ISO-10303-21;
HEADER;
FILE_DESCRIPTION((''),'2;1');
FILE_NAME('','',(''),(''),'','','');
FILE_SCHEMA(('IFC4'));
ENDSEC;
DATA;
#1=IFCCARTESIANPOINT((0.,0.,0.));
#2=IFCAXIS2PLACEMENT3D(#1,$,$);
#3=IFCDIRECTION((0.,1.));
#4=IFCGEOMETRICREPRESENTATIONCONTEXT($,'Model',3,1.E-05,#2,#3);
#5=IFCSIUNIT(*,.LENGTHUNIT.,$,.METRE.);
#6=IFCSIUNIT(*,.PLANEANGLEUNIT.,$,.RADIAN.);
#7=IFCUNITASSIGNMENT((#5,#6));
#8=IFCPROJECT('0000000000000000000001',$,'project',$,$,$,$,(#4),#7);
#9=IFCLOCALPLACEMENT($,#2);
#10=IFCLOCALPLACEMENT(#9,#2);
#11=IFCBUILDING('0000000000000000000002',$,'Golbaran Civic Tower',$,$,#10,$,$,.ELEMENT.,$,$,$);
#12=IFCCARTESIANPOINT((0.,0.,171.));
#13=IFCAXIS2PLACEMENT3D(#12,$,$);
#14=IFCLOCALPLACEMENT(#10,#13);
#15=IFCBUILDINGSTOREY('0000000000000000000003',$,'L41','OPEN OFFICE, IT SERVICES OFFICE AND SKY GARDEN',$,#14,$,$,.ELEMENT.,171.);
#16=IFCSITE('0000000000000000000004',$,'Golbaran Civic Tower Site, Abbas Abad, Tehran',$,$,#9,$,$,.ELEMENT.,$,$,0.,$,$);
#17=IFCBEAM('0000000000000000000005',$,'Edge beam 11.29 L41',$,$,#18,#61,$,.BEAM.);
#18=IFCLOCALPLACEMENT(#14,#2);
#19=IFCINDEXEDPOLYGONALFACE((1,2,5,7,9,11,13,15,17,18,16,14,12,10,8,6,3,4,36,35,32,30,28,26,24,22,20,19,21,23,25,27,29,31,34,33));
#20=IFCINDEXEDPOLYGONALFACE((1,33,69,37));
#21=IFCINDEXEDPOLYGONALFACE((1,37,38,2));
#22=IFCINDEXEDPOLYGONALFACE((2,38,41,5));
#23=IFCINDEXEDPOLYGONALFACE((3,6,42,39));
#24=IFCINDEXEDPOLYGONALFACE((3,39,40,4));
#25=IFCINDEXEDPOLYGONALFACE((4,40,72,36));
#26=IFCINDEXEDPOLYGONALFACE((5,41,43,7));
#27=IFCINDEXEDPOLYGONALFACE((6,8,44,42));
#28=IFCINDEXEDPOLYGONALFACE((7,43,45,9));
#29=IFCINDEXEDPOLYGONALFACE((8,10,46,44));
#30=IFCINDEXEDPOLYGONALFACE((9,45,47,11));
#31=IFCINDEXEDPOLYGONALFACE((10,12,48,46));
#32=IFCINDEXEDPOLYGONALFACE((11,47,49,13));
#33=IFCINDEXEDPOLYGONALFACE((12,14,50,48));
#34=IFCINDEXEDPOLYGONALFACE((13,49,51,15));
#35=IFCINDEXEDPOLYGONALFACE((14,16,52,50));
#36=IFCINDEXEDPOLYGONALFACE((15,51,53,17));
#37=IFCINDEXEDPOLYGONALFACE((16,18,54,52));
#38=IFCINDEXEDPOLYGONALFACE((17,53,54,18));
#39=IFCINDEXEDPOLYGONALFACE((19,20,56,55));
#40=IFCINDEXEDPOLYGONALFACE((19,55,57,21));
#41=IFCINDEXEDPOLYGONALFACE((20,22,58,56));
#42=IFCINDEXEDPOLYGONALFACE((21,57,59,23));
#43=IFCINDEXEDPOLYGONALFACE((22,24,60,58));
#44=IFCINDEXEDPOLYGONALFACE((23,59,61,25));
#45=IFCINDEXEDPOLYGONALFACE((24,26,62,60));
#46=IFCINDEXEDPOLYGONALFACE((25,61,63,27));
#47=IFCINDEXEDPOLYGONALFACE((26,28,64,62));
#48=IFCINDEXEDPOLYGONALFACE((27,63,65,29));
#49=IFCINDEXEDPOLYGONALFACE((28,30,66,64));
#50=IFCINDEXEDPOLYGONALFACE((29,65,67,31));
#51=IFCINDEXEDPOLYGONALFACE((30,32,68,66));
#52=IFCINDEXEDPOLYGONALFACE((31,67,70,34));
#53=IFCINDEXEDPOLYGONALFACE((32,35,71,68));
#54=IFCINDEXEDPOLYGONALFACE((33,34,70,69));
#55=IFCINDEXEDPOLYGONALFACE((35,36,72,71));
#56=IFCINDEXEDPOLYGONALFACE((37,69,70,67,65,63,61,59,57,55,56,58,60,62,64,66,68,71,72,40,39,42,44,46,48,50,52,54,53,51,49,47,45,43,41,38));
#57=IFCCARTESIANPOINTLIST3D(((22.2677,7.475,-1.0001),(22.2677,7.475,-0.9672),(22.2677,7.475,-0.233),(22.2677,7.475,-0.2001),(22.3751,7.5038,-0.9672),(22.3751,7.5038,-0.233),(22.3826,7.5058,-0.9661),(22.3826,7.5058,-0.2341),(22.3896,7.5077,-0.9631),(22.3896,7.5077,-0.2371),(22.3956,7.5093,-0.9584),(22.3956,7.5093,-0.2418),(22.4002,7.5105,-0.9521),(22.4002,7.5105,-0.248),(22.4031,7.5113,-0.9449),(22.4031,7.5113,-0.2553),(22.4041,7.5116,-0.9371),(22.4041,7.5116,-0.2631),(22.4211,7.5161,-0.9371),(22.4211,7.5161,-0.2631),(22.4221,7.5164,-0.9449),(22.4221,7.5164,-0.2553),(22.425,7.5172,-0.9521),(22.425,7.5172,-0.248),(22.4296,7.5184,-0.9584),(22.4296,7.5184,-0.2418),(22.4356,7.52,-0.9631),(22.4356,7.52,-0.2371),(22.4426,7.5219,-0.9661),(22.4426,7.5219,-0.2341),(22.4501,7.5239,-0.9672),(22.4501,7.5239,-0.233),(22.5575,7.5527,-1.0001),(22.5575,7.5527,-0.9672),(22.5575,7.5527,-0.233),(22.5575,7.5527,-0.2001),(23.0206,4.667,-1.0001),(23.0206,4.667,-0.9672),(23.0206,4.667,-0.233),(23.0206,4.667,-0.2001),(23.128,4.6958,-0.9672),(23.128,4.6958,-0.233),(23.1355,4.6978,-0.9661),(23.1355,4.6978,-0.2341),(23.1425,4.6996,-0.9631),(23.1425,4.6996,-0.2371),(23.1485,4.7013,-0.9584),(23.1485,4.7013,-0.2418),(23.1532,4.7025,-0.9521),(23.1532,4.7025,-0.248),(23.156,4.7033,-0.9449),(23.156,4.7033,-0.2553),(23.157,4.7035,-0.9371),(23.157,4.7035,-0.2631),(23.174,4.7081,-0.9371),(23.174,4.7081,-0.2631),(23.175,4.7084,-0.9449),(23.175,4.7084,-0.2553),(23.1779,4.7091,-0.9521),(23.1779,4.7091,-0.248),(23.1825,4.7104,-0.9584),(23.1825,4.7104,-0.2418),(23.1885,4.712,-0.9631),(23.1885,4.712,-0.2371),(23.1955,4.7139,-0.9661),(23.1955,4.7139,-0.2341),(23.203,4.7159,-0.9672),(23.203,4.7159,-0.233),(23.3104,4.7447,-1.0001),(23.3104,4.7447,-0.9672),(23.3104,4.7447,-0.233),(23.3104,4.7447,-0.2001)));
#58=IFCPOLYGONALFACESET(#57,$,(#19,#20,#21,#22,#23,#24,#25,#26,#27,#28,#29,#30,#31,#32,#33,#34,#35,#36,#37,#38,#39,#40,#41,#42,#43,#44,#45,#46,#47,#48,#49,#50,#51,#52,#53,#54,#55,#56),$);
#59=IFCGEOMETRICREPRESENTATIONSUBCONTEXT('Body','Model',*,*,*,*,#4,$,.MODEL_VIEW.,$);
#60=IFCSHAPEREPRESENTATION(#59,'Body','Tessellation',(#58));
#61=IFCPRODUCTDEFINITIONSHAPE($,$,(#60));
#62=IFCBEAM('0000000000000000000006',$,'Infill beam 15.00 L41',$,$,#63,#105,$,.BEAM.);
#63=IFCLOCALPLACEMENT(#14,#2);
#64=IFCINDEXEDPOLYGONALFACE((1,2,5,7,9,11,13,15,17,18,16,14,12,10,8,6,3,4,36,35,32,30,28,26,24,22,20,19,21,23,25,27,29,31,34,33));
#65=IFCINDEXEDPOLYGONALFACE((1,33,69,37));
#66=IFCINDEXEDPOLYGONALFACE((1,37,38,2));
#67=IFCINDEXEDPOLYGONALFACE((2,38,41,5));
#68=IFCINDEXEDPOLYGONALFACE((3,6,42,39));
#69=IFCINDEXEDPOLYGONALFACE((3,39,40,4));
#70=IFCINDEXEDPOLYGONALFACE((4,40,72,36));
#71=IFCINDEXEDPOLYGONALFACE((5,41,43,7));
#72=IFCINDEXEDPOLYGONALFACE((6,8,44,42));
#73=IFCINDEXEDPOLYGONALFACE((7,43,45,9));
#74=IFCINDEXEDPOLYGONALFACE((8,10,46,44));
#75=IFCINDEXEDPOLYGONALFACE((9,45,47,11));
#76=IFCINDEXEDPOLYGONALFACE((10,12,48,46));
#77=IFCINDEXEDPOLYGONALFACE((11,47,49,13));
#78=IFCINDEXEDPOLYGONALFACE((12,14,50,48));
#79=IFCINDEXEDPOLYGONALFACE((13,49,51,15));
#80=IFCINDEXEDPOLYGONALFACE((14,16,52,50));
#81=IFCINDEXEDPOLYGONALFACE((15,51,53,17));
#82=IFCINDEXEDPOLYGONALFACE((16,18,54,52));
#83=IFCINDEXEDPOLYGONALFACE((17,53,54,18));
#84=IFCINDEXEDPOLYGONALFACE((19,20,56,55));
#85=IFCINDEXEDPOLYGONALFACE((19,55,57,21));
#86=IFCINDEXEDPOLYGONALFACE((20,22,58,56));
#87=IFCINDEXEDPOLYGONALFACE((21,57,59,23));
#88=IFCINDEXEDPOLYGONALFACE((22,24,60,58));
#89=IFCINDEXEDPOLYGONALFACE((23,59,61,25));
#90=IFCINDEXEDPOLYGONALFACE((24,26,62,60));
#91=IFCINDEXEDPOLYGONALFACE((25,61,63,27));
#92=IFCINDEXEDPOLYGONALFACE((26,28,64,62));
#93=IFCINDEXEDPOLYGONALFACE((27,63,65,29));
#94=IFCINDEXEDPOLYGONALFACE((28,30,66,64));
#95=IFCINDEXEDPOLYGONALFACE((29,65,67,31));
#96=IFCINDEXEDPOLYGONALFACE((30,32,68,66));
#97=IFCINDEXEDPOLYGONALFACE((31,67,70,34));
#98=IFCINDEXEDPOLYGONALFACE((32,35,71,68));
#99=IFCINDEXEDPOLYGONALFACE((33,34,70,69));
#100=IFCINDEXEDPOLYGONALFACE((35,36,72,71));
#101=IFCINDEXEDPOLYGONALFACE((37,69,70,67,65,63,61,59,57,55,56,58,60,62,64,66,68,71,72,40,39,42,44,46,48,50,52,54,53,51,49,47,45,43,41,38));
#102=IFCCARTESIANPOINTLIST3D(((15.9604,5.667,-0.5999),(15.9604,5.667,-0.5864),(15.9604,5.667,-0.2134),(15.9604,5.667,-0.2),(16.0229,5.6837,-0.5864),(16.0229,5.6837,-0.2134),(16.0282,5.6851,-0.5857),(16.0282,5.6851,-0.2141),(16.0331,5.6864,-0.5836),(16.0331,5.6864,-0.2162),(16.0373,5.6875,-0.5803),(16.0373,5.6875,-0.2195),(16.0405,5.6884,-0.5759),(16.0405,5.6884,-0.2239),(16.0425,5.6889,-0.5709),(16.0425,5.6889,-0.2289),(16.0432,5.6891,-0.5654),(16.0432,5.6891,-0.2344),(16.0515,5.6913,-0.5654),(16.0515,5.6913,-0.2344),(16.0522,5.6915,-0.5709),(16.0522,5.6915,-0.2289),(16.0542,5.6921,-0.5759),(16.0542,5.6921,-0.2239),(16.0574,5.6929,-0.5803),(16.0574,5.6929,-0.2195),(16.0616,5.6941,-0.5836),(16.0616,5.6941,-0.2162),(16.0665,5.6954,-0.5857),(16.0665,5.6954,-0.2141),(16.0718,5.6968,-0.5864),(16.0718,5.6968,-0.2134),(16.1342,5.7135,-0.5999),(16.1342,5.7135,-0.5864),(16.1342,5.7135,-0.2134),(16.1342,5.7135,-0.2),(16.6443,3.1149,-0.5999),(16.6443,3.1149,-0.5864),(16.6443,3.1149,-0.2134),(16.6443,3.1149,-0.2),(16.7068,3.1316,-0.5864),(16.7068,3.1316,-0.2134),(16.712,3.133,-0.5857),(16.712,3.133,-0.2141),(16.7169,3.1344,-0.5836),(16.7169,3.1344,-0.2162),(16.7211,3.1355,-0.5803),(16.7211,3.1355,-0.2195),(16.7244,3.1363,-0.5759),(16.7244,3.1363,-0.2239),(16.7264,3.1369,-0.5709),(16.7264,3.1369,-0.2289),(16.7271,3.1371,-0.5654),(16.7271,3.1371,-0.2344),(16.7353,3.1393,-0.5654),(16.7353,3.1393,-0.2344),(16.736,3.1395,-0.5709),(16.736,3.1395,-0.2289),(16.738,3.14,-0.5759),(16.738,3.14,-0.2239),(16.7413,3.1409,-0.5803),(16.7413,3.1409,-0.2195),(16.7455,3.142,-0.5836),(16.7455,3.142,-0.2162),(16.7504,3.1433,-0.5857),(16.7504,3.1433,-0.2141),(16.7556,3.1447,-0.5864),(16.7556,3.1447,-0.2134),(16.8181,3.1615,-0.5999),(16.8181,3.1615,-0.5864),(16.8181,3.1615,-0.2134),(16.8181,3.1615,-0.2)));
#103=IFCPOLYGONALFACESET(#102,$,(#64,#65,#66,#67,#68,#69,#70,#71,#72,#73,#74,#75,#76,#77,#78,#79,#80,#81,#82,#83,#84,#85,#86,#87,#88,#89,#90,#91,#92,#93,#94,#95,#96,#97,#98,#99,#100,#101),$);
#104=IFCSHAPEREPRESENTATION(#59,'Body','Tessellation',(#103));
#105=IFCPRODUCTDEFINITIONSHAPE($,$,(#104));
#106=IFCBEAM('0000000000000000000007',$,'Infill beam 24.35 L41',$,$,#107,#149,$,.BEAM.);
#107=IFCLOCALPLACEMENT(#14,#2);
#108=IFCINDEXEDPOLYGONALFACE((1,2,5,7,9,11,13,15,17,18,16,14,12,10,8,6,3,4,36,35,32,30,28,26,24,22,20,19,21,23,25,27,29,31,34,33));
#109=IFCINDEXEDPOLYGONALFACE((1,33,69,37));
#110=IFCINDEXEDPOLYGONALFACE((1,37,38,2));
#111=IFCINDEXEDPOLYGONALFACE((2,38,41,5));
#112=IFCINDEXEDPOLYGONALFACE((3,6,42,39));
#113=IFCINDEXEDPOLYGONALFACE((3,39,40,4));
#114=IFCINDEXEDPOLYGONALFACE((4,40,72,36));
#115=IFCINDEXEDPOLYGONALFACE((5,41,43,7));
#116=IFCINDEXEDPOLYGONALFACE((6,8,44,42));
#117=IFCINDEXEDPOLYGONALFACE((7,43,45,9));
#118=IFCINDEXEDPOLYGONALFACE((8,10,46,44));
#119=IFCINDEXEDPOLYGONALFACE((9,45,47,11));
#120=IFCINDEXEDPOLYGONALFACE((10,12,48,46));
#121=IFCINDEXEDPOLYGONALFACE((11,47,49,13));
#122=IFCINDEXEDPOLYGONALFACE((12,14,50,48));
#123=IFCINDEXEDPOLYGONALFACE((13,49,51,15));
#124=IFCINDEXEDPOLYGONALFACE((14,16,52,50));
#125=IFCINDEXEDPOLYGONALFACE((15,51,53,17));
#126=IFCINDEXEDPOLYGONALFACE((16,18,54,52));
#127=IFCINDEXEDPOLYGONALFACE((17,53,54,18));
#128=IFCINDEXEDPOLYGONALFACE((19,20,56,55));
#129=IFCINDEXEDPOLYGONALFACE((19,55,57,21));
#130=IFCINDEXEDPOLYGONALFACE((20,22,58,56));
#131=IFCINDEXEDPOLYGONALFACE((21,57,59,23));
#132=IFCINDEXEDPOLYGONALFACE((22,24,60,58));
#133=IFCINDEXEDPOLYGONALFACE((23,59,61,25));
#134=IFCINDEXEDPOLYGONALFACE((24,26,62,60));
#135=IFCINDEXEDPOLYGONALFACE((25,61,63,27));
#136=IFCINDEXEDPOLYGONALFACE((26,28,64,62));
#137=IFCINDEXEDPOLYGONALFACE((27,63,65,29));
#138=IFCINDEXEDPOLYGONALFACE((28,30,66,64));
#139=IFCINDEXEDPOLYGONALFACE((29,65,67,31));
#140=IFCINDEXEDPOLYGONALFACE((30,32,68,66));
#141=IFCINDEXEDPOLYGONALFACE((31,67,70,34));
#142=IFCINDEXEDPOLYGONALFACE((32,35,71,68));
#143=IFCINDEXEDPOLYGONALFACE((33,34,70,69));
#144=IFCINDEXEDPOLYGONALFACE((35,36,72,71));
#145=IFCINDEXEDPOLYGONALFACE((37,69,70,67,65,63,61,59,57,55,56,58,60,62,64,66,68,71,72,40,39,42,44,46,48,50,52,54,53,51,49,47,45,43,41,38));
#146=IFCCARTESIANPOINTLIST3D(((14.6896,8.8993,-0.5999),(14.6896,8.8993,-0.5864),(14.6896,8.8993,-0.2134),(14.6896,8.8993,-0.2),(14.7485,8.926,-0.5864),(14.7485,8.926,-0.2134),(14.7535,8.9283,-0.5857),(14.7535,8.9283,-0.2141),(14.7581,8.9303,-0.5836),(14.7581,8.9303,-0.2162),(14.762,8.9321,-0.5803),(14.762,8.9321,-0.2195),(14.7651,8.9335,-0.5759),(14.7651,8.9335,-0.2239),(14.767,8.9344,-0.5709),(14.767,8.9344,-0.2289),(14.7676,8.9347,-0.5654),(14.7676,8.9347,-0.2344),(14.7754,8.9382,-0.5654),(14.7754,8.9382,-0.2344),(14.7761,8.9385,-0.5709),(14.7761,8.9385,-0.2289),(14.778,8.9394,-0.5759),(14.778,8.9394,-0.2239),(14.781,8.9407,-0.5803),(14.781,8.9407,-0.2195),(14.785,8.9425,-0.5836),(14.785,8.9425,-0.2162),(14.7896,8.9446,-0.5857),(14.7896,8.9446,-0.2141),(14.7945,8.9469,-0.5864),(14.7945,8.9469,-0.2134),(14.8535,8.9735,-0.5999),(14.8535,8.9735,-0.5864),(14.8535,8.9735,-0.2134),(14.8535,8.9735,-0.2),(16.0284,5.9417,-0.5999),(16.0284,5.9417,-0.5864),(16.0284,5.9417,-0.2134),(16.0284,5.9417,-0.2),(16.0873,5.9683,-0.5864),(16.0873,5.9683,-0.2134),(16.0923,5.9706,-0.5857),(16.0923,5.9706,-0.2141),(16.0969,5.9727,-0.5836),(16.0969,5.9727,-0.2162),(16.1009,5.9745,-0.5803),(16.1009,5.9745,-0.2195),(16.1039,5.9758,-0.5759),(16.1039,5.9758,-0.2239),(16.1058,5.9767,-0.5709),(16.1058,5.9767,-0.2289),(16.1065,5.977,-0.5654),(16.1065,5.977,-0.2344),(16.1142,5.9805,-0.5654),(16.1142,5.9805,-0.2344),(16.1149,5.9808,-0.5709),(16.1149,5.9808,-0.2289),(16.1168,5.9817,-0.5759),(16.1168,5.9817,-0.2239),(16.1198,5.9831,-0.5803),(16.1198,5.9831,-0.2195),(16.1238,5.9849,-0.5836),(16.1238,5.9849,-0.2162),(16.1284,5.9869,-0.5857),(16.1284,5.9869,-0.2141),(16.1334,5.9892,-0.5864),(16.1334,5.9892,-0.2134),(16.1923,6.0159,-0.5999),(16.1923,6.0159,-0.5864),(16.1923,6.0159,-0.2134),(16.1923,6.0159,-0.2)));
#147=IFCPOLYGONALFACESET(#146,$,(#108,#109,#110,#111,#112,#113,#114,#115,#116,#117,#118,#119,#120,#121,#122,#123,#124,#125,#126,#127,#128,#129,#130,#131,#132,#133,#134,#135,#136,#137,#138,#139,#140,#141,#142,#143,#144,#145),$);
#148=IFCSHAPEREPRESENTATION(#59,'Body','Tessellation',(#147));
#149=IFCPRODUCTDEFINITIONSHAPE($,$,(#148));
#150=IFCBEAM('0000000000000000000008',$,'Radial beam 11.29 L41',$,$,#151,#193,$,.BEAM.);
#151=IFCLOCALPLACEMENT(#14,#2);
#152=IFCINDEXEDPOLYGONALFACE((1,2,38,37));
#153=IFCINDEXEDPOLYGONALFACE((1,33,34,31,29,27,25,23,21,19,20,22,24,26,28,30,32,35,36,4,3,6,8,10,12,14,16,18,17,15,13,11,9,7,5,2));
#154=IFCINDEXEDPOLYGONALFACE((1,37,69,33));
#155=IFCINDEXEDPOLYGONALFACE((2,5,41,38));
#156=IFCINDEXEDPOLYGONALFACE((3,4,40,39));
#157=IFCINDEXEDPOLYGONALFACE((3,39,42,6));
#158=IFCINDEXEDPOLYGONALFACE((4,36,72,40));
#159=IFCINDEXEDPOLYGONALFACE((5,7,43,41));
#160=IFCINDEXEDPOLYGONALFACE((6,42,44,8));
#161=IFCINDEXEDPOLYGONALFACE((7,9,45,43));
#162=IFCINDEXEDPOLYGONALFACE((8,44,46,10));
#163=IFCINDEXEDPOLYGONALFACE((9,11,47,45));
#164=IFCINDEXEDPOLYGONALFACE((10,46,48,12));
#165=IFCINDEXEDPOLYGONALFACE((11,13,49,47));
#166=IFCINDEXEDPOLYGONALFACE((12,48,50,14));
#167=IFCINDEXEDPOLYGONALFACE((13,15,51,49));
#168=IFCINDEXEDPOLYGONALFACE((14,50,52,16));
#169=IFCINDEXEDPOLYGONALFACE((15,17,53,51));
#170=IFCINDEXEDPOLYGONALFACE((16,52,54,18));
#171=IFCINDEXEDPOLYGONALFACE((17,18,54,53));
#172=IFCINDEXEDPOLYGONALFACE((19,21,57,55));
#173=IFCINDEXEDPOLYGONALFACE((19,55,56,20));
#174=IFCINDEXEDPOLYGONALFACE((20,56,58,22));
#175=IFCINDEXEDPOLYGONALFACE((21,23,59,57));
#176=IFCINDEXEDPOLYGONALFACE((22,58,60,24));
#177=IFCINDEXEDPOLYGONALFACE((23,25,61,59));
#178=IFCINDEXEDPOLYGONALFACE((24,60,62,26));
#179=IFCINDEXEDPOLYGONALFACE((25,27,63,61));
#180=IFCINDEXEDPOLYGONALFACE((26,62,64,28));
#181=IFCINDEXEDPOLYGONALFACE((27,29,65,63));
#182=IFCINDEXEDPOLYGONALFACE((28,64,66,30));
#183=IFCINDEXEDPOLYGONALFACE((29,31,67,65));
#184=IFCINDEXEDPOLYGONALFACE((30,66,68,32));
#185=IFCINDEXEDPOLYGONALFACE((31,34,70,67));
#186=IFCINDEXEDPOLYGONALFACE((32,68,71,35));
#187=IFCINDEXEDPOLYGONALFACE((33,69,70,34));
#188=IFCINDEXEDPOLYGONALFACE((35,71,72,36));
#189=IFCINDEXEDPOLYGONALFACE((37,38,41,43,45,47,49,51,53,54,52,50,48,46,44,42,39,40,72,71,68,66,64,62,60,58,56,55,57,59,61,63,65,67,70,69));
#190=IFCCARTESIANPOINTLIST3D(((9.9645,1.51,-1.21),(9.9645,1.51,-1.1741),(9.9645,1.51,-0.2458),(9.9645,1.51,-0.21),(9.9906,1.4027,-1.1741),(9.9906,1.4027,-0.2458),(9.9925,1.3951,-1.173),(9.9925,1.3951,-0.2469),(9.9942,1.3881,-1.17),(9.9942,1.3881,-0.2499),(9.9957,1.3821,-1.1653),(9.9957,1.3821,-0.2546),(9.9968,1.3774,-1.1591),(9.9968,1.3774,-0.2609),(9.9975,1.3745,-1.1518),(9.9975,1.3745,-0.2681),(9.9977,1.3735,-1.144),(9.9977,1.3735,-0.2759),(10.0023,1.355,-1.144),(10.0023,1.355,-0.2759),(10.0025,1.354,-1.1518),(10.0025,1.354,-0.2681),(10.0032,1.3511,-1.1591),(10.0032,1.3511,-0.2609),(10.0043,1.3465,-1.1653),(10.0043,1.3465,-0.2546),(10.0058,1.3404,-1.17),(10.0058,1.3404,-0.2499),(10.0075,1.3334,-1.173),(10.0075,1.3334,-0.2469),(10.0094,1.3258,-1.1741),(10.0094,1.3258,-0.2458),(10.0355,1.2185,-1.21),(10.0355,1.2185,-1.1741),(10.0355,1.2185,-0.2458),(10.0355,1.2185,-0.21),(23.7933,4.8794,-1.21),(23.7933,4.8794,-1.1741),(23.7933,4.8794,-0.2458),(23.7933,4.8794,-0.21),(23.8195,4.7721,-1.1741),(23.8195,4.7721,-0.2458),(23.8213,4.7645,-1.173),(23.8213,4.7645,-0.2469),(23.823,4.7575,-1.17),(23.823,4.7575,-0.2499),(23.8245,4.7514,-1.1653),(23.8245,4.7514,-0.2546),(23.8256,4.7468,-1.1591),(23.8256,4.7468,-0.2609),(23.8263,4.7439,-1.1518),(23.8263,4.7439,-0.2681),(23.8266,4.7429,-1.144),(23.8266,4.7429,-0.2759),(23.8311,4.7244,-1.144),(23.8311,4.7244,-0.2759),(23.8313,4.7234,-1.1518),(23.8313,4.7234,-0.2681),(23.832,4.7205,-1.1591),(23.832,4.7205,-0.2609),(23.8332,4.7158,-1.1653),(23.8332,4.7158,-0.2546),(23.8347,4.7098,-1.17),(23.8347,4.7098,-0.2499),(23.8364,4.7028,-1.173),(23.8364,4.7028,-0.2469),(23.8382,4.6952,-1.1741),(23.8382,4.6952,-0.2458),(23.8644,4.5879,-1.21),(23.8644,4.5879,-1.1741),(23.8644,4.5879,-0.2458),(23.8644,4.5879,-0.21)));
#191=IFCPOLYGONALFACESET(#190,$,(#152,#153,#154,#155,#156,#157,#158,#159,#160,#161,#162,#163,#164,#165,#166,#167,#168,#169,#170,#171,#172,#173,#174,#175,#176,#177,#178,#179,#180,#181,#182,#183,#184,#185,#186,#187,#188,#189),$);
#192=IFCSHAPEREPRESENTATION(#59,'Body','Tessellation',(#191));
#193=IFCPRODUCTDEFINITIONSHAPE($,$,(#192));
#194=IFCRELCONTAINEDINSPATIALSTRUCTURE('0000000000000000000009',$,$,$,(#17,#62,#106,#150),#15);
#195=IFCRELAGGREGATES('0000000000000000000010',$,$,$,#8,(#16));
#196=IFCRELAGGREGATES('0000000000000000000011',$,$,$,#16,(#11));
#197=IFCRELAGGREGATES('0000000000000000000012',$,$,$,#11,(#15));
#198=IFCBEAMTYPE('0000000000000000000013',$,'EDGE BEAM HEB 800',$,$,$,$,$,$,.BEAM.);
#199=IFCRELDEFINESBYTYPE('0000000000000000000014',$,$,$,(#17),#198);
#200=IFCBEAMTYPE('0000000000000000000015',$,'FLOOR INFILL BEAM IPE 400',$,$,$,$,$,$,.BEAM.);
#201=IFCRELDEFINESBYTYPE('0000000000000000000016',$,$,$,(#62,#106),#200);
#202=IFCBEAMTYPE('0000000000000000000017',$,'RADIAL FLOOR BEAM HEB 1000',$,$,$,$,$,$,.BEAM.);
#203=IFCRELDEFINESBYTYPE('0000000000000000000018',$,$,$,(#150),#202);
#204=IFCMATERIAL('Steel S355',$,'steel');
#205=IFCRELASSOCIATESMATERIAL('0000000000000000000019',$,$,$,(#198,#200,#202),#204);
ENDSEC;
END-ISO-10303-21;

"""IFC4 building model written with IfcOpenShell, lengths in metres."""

from ifc_helpers import new_model, si_unit, direction, frame, origin, origin_2d, place, context, subcontext, project, spatial, i_section, extrude, material, material_profile, profile_set, type_object, element, save


model = new_model("IFC4")

# Units and contexts
model_context = context("Model", 3, precision=1e-05, world=origin(), true_north=direction((0.0, 1.0)))
body_context = subcontext(model_context, "Body", "Model", "MODEL_VIEW")
ifc_project = project(units=[si_unit("LENGTHUNIT", "METRE"), si_unit("PLANEANGLEUNIT", "RADIAN")], contexts=[model_context])

# Site, building, storey
site_placement = place(None, origin())
site = spatial("IfcSite", under=ifc_project, at=site_placement, Name="Golbaran Civic Tower Site, Abbas Abad, Tehran", CompositionType="ELEMENT", RefElevation=0.0)
building_placement = place(site_placement, origin())
building = spatial("IfcBuilding", under=site, at=building_placement, Name="Golbaran Civic Tower", CompositionType="ELEMENT")
storey_placement = place(building_placement, frame((0.0, 0.0, 171.0)))
storey = spatial("IfcBuildingStorey", under=building, at=storey_placement, Name="L41", Description="OPEN OFFICE, IT SERVICES OFFICE AND SKY GARDEN", CompositionType="ELEMENT", Elevation=171.0)

# Beams
ifc_material_1 = material(Name="Steel S355", Category="steel")
ifc_material_profile_1 = material_profile(ifc_material_1, i_section(OverallWidth=0.3, OverallDepth=0.8, WebThickness=0.0176, FlangeThickness=0.033, FilletRadius=0.03, at=origin_2d()), Name="HEB 800")
ifc_profile_set_1 = profile_set([ifc_material_profile_1], Name="Steel S355")
beam_type_1 = type_object("IfcBeamType", Name="EDGE BEAM HEB 800", PredefinedType="BEAM", material=ifc_profile_set_1)
beam_1_placement = place(storey_placement, frame((23.1655, 4.7058, -0.6001), z_axis=(-0.25898, 0.965883, 0.0), x_axis=(-0.965883, -0.25898, 0.0)))
element("IfcBeam", 1, at=beam_1_placement, inside=storey, type_object=beam_type_1, Name="Edge beam 11.29 L41", PredefinedType="BEAM", context=body_context, shape_type="SweptSolid", body=[
    extrude(i_section(OverallWidth=0.3, OverallDepth=0.8, WebThickness=0.0176, FlangeThickness=0.033, FilletRadius=0.03, at=origin_2d()), origin(), (0.0, 0.0, 1.0), 2.9072),
])
ifc_material_profile_2 = material_profile(ifc_material_1, i_section(OverallWidth=0.1799, OverallDepth=0.3999, WebThickness=0.0085, FlangeThickness=0.0134, FilletRadius=0.021, at=origin_2d()), Name="IPE 400")
ifc_profile_set_2 = profile_set([ifc_material_profile_2], Name="Steel S355")
beam_type_2 = type_object("IfcBeamType", Name="FLOOR INFILL BEAM IPE 400", PredefinedType="BEAM", material=ifc_profile_set_2)
beam_2_placement = place(storey_placement, frame((16.7312, 3.1382, -0.3999), z_axis=(-0.25883, 0.965923, 0.0), x_axis=(-0.965923, -0.25883, 0.0)))
element("IfcBeam", 2, at=beam_2_placement, inside=storey, type_object=beam_type_2, Name="Infill beam 15.00 L41", PredefinedType="BEAM", context=body_context, shape_type="SweptSolid", body=[
    extrude(i_section(OverallWidth=0.1799, OverallDepth=0.3999, WebThickness=0.0085, FlangeThickness=0.0134, FilletRadius=0.021, at=origin_2d()), origin(), (0.0, 0.0, 1.0), 2.6421),
])
beam_3_placement = place(storey_placement, frame((16.1104, 5.9788, -0.3999), z_axis=(-0.41238, 0.911012, 0.0), x_axis=(-0.911012, -0.41238, 0.0)))
element("IfcBeam", 3, at=beam_3_placement, inside=storey, type_object=beam_type_2, Name="Infill beam 24.35 L41", PredefinedType="BEAM", context=body_context, shape_type="SweptSolid", body=[
    extrude(i_section(OverallWidth=0.1799, OverallDepth=0.3999, WebThickness=0.0085, FlangeThickness=0.0134, FilletRadius=0.021, at=origin_2d()), origin(), (0.0, 0.0, 1.0), 3.2466),
])
ifc_material_profile_3 = material_profile(ifc_material_1, i_section(OverallWidth=0.3, OverallDepth=1.0, WebThickness=0.019, FlangeThickness=0.0359, FilletRadius=0.03, at=origin_2d()), Name="HEB 1000")
ifc_profile_set_3 = profile_set([ifc_material_profile_3], Name="Steel S355")
beam_type_3 = type_object("IfcBeamType", Name="RADIAL FLOOR BEAM HEB 1000", PredefinedType="BEAM", material=ifc_profile_set_3)
beam_4_placement = place(storey_placement, frame((10.0, 1.3643, -0.71), z_axis=(0.971577, 0.236724, 0.0), x_axis=(-0.236724, 0.971577, 0.0)))
element("IfcBeam", 4, at=beam_4_placement, inside=storey, type_object=beam_type_3, Name="Radial beam 11.29 L41", PredefinedType="BEAM", context=body_context, shape_type="SweptSolid", body=[
    extrude(i_section(OverallWidth=0.3, OverallDepth=1.0, WebThickness=0.019, FlangeThickness=0.0359, FilletRadius=0.03, at=origin_2d()), origin(), (0.0, 0.0, 1.0), 14.2334),
])

save(model, "model.ifc")
